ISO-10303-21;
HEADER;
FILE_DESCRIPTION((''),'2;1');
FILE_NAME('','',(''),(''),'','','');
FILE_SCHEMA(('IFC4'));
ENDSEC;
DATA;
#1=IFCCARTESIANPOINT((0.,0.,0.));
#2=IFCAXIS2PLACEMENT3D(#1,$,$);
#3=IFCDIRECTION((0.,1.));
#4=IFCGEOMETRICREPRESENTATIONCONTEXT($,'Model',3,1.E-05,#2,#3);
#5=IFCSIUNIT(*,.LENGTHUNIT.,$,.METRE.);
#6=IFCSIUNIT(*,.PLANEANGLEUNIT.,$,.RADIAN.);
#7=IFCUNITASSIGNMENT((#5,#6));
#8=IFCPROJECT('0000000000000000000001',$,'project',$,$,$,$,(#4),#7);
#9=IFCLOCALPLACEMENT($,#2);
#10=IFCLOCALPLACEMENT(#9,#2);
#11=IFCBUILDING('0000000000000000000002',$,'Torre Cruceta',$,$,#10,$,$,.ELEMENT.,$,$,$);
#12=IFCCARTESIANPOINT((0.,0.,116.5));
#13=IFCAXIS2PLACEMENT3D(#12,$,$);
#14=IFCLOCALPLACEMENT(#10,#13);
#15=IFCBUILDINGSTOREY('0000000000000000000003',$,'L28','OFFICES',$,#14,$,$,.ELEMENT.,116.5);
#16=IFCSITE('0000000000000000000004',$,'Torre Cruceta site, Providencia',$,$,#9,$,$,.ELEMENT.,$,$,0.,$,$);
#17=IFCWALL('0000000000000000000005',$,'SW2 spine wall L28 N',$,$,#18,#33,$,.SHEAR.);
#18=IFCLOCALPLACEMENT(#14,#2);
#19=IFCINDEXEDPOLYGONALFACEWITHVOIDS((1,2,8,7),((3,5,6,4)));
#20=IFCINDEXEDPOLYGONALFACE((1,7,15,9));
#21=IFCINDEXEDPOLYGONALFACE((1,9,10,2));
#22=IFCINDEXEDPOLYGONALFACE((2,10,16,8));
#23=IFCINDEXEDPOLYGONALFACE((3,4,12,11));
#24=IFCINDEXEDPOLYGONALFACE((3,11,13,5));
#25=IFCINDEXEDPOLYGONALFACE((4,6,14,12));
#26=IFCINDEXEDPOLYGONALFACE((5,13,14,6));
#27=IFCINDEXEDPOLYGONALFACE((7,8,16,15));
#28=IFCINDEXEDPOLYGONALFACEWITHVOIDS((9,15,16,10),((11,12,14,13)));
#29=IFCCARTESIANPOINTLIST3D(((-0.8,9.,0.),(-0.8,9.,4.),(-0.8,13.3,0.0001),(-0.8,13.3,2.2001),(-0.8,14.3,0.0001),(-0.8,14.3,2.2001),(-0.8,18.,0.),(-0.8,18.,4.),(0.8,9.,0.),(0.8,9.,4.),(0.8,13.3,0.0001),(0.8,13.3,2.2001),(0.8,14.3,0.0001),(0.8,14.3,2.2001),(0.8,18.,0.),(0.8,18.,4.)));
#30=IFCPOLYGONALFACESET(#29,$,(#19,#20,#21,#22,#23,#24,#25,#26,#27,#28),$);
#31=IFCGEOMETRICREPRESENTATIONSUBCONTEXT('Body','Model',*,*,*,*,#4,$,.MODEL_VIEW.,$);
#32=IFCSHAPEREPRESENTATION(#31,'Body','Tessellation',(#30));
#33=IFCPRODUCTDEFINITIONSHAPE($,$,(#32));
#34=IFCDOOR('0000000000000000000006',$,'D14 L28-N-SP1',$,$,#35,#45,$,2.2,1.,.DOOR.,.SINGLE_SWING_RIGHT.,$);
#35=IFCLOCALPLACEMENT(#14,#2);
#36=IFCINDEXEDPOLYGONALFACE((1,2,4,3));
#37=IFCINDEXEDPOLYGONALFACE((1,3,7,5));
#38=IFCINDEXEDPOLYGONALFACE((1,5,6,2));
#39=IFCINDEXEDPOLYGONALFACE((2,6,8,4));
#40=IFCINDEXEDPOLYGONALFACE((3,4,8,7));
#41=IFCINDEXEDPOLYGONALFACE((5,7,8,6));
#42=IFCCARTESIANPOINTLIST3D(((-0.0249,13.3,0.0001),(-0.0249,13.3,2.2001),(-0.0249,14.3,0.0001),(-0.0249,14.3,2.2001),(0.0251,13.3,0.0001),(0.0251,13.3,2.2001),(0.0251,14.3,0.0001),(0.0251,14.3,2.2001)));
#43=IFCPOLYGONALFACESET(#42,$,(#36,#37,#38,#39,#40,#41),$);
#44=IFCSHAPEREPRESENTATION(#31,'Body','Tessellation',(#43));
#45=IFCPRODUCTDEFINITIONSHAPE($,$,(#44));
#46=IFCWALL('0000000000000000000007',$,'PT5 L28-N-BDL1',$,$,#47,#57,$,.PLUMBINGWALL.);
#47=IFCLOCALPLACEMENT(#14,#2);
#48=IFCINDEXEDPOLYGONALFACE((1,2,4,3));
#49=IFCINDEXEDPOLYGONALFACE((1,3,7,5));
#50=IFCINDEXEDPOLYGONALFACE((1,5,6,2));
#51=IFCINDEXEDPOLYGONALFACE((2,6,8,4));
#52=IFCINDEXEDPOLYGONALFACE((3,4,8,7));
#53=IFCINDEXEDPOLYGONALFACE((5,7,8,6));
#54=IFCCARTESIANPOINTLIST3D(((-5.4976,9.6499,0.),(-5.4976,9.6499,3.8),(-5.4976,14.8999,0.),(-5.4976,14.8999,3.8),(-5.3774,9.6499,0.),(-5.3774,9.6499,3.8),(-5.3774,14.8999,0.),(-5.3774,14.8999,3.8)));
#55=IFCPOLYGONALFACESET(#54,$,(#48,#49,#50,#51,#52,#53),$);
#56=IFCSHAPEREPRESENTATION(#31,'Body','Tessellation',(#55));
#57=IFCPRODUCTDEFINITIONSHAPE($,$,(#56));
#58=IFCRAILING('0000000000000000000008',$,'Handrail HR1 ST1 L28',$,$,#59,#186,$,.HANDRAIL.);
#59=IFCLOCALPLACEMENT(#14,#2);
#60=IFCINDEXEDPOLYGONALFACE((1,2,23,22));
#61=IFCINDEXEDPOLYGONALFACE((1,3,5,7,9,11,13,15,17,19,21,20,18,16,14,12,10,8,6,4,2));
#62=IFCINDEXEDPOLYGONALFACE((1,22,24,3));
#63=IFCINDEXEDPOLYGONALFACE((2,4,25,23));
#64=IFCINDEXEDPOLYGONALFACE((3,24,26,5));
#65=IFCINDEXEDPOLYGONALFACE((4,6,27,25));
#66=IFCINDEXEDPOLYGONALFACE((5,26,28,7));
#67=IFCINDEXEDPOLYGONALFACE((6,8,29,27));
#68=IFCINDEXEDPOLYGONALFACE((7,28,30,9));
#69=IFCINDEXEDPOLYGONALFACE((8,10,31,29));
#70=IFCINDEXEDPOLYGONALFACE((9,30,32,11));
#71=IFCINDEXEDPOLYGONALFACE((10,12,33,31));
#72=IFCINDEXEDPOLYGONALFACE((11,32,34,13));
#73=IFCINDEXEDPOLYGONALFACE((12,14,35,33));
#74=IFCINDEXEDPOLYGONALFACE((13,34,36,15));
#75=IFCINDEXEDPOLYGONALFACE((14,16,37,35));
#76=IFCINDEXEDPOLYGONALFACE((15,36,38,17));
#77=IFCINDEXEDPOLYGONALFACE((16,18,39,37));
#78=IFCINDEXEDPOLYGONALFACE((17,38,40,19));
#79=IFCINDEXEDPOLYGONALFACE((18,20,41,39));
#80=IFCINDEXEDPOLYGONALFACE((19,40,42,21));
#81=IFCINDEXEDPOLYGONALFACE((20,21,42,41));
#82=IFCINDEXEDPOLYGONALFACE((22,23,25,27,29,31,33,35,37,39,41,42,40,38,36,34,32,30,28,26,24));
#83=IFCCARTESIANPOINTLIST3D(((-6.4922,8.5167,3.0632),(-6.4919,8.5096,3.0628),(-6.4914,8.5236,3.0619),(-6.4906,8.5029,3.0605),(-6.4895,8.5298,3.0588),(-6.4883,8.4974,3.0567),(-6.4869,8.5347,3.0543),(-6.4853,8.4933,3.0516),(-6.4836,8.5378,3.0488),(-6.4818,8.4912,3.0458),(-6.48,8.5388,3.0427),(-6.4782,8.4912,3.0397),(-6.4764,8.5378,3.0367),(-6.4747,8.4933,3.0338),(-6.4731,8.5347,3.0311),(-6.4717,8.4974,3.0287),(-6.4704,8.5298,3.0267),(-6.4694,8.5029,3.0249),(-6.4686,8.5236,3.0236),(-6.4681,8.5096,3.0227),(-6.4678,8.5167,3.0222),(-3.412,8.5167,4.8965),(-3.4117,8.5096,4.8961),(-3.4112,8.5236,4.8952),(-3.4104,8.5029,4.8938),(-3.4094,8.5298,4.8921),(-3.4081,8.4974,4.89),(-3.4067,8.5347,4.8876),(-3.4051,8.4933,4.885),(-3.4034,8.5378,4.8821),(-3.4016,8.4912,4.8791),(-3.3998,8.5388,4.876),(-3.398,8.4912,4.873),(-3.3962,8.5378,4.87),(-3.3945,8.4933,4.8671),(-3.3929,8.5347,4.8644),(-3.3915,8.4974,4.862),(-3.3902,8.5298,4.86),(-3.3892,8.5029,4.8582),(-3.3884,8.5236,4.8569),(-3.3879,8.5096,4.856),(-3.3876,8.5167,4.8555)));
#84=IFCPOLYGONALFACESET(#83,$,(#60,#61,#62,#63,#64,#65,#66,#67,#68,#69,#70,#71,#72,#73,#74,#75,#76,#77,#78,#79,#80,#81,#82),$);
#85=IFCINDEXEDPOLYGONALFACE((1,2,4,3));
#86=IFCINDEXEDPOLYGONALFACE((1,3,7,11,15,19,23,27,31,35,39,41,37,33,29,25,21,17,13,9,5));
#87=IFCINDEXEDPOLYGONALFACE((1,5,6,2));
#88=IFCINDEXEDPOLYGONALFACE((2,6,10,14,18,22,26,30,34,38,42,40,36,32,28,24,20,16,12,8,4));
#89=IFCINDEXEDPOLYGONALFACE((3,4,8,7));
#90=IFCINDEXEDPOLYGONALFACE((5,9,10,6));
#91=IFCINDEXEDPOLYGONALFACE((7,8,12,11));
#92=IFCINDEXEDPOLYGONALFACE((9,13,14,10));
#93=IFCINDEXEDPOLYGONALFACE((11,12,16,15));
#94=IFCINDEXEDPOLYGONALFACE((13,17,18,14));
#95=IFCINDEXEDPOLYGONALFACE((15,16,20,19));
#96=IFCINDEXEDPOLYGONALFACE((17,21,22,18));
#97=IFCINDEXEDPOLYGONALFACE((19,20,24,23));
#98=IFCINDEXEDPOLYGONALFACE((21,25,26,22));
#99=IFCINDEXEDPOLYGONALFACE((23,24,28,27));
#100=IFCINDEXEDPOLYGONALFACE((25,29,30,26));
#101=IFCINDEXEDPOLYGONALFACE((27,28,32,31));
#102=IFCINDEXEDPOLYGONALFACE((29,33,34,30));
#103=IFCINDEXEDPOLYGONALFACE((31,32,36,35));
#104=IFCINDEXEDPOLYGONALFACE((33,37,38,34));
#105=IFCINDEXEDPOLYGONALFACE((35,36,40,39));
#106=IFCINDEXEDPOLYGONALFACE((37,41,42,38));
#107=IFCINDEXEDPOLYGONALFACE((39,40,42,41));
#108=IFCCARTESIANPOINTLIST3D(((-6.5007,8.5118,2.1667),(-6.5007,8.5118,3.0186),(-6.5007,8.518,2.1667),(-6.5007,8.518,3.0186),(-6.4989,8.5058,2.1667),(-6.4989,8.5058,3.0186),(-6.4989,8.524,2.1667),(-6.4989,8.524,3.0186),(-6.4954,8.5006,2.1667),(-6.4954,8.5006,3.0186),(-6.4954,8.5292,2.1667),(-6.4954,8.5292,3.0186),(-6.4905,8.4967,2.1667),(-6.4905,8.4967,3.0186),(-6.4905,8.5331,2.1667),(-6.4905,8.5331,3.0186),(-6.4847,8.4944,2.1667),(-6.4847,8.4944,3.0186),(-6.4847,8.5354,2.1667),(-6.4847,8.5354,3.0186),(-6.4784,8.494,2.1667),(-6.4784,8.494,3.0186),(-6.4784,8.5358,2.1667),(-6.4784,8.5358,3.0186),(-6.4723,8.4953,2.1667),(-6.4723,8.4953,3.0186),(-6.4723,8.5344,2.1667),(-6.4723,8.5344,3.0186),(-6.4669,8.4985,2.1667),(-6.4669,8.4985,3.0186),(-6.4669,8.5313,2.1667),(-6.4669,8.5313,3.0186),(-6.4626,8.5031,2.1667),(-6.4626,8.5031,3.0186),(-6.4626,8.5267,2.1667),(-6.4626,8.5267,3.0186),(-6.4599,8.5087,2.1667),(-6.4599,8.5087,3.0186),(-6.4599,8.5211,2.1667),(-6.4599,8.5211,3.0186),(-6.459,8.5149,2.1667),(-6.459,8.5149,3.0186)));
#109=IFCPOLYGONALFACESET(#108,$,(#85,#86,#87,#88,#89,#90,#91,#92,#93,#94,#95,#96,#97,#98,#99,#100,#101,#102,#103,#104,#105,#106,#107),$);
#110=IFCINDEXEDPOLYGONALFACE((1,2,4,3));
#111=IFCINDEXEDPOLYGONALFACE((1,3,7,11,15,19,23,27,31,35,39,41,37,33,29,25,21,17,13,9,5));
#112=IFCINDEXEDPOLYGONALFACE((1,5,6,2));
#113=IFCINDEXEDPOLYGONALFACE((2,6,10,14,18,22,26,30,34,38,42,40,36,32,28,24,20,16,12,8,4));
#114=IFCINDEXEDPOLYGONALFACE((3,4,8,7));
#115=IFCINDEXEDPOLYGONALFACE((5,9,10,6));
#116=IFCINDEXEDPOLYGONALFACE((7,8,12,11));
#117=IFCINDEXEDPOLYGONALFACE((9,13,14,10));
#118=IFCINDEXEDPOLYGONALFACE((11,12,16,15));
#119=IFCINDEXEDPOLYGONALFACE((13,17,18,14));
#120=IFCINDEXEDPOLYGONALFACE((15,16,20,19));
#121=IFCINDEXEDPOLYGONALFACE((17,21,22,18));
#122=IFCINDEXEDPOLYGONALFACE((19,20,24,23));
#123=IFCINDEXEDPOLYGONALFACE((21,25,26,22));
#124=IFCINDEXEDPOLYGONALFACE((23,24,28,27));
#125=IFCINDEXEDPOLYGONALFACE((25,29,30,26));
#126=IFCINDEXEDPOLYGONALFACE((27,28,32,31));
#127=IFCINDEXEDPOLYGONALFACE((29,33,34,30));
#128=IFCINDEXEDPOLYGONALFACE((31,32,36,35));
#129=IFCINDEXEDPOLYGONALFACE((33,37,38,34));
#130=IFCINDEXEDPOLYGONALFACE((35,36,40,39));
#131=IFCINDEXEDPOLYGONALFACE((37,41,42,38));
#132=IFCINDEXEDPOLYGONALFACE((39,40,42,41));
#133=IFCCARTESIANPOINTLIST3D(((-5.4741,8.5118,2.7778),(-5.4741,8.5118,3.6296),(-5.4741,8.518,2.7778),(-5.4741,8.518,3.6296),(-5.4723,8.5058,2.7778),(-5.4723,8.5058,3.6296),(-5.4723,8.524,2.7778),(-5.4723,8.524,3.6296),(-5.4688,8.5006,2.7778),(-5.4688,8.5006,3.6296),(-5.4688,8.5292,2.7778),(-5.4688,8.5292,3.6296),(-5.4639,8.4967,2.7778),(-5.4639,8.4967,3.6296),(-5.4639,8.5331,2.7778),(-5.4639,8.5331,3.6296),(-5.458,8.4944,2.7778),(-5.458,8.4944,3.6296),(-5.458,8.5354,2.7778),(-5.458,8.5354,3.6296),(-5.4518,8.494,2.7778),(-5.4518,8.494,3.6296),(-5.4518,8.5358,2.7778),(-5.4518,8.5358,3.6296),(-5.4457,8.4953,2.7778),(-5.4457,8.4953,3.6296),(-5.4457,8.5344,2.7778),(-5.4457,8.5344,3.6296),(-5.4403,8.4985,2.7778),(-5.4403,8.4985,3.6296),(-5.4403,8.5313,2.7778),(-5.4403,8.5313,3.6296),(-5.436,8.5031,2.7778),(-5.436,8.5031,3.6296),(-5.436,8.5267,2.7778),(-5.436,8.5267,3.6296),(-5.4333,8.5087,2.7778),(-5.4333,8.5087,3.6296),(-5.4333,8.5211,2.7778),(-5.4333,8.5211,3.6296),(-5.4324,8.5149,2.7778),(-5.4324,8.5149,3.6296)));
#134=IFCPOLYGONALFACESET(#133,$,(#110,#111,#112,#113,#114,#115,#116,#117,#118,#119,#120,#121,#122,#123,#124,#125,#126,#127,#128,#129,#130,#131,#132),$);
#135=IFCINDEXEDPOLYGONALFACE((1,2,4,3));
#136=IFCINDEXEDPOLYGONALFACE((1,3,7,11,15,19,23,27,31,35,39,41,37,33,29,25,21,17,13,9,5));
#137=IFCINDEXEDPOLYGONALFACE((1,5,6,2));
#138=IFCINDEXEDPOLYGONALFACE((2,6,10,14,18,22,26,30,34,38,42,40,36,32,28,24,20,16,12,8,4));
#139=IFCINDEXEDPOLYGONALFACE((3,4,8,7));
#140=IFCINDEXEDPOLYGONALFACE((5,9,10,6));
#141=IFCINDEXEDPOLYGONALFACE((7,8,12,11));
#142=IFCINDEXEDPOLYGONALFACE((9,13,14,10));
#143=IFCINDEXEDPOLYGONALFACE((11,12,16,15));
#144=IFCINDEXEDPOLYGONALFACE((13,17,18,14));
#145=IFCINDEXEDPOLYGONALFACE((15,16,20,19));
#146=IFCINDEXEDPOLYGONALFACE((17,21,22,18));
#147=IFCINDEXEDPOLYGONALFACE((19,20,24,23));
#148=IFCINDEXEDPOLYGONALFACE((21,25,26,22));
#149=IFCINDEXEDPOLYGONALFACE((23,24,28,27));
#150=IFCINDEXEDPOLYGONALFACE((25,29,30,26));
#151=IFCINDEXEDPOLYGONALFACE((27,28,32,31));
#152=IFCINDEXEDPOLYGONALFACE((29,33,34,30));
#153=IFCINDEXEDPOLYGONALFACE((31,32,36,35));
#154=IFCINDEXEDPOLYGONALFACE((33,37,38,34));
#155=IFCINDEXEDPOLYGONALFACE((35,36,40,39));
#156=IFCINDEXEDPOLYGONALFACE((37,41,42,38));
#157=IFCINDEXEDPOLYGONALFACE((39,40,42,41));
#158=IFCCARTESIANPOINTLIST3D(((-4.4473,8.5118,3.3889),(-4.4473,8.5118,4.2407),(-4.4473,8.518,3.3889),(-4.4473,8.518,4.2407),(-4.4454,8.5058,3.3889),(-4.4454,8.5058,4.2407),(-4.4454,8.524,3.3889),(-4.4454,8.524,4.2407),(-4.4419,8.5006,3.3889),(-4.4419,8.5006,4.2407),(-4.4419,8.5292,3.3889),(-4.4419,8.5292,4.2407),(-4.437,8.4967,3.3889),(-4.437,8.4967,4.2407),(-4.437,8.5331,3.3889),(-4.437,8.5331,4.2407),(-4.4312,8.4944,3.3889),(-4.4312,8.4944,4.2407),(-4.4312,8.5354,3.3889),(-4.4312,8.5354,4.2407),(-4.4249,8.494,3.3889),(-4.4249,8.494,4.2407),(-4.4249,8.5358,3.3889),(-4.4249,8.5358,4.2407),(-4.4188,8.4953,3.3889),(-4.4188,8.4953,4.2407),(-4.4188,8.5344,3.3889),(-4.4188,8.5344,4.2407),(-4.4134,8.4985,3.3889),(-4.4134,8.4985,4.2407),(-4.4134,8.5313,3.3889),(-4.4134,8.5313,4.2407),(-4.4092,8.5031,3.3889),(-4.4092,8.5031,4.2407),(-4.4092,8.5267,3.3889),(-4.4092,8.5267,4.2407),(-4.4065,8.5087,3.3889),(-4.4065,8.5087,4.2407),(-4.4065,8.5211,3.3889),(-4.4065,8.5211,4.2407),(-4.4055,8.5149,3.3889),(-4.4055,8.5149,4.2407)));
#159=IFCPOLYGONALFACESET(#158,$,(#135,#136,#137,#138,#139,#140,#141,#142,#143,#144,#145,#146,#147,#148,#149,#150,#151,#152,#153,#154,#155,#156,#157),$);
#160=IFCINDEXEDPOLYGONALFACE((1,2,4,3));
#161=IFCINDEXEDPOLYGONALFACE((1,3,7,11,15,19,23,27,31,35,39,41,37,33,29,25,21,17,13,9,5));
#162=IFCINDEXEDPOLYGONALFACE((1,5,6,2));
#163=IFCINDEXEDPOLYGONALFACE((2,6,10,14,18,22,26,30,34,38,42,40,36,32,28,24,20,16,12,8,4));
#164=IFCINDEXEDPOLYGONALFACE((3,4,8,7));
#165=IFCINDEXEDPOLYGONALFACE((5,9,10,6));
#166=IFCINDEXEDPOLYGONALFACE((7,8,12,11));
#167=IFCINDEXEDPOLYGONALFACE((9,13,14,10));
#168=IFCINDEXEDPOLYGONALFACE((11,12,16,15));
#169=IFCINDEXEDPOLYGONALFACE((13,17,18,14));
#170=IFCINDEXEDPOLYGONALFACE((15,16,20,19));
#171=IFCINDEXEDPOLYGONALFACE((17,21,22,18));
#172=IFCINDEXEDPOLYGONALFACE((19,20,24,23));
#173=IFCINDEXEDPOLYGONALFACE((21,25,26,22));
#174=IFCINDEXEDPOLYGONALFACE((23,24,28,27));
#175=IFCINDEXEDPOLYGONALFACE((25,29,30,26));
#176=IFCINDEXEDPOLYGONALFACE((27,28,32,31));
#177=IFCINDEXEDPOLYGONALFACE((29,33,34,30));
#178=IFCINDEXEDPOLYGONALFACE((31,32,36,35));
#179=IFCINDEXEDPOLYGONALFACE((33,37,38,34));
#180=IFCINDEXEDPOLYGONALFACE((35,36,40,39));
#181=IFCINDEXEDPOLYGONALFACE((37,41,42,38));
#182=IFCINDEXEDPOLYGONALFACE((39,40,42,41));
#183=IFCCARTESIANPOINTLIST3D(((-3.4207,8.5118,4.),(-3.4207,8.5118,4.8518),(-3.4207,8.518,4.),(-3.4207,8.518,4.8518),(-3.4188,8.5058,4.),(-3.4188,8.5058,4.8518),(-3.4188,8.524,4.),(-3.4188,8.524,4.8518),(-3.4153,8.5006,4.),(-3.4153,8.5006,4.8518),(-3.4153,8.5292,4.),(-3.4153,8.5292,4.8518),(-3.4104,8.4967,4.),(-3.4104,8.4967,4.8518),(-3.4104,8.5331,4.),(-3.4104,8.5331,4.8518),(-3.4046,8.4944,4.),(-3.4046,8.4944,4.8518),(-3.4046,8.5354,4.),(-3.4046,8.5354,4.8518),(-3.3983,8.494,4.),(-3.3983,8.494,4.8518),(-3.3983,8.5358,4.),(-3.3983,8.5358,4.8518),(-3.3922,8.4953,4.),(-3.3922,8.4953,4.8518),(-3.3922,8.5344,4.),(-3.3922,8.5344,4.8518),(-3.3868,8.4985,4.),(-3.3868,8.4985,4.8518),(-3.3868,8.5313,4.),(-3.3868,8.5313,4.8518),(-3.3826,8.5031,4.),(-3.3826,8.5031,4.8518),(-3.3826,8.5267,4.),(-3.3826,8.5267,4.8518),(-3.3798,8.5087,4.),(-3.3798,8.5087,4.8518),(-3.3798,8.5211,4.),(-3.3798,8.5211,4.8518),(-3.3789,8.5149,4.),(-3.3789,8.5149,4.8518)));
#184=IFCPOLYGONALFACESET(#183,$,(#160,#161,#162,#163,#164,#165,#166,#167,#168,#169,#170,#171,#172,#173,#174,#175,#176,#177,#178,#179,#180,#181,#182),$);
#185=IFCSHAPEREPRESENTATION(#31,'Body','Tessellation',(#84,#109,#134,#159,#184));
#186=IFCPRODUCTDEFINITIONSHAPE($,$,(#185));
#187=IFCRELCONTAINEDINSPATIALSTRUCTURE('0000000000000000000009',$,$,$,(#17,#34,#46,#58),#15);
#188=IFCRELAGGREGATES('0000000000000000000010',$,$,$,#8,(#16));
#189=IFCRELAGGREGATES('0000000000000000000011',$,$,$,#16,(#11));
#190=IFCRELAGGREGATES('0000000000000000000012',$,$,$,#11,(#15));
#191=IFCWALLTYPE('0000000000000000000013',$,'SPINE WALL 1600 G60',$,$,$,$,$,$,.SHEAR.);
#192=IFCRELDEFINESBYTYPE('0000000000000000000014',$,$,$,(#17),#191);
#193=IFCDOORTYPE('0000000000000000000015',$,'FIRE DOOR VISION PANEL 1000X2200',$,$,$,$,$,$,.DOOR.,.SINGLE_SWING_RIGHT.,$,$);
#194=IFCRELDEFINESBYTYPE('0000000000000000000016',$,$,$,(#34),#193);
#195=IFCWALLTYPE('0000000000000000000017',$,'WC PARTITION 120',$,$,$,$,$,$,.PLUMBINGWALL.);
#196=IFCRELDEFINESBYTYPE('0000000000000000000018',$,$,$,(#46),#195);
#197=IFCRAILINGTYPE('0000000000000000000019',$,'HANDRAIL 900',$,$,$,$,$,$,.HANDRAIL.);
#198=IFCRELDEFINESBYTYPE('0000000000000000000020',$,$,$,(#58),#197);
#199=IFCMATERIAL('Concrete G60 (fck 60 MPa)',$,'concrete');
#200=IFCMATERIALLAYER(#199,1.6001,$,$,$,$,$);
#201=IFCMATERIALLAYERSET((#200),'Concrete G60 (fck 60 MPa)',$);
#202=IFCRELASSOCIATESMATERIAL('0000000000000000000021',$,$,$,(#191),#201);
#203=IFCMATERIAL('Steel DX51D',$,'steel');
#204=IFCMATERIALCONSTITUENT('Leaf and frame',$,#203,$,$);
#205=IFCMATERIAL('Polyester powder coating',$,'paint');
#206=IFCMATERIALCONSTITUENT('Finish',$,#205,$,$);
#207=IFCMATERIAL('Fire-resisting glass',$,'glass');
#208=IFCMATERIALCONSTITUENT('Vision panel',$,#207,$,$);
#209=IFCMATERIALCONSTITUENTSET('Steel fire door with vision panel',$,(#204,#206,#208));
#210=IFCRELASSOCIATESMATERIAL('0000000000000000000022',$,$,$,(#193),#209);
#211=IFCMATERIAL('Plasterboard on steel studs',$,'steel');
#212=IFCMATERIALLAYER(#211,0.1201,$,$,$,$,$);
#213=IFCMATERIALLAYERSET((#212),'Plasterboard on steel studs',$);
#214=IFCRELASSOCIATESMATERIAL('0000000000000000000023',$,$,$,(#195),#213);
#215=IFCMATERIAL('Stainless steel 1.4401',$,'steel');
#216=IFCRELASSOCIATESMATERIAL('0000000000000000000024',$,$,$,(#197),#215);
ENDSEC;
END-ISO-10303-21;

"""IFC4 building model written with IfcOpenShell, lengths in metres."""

from ifc_helpers import new_model, si_unit, direction, frame, frame_2d, origin, origin_2d, place, context, subcontext, project, spatial, rectangle, circle, extrude, material, layer, layer_set, constituent, constituent_set, type_object, element, fill, save


model = new_model("IFC4")

# Units and contexts
model_context = context("Model", 3, precision=1e-05, world=origin(), true_north=direction((0.0, 1.0)))
body_context = subcontext(model_context, "Body", "Model", "MODEL_VIEW")
ifc_project = project(units=[si_unit("LENGTHUNIT", "METRE"), si_unit("PLANEANGLEUNIT", "RADIAN")], contexts=[model_context])

# Site, building, storey
site_placement = place(None, origin())
site = spatial("IfcSite", under=ifc_project, at=site_placement, Name="Torre Cruceta site, Providencia", CompositionType="ELEMENT", RefElevation=0.0)
building_placement = place(site_placement, origin())
building = spatial("IfcBuilding", under=site, at=building_placement, Name="Torre Cruceta", CompositionType="ELEMENT")
storey_placement = place(building_placement, frame((0.0, 0.0, 116.5)))
storey = spatial("IfcBuildingStorey", under=building, at=storey_placement, Name="L28", Description="OFFICES", CompositionType="ELEMENT", Elevation=116.5)

# Wall, opening, door
ifc_material_1 = material(Name="Concrete G60 (fck 60 MPa)", Category="concrete")
ifc_layer_1 = layer(ifc_material_1, 1.6001)
ifc_layer_set_1 = layer_set([ifc_layer_1], Name="Concrete G60 (fck 60 MPa)")
wall_type_1 = type_object("IfcWallType", Name="SPINE WALL 1600 G60", PredefinedType="SHEAR", material=ifc_layer_set_1)
wall_1_placement = place(storey_placement, frame((0.0, 9.0, 0.0), z_axis=(0.0, 0.0, 1.0), x_axis=(0.0, 1.0, 0.0)))
wall_1 = element("IfcWall", 1, at=wall_1_placement, inside=storey, type_object=wall_type_1, Name="SW2 spine wall L28 N", PredefinedType="SHEAR", context=body_context, shape_type="SweptSolid", body=[
    extrude(rectangle(XDim=9.0, YDim=1.6001, at=frame_2d((4.5, 0.0))), origin(), (0.0, 0.0, 1.0), 4.0),
])
opening_1_placement = place(wall_1_placement, frame((4.3, 0.0, 0.0)))
opening_1 = element("IfcOpeningElement", 2, at=opening_1_placement, cuts=wall_1, PredefinedType="OPENING", context=body_context, shape_type="SweptSolid", body=[
    extrude(rectangle(XDim=1.0, YDim=2.2, at=frame_2d((0.5, 1.1001))), frame((0.0, 0.8101, 0.0), z_axis=(0.0, -1.0, 0.0), x_axis=(1.0, 0.0, 0.0)), (0.0, 0.0, 1.0), 1.6201),
])
ifc_material_2 = material(Name="Steel DX51D", Category="steel")
ifc_constituent_1 = constituent(ifc_material_2, Name="Leaf and frame")
ifc_material_3 = material(Name="Polyester powder coating", Category="paint")
ifc_constituent_2 = constituent(ifc_material_3, Name="Finish")
ifc_material_4 = material(Name="Fire-resisting glass", Category="glass")
ifc_constituent_3 = constituent(ifc_material_4, Name="Vision panel")
ifc_constituent_set_1 = constituent_set(constituents=[ifc_constituent_1, ifc_constituent_2, ifc_constituent_3], Name="Steel fire door with vision panel")
door_type_1 = type_object("IfcDoorType", Name="FIRE DOOR VISION PANEL 1000X2200", OperationType="SINGLE_SWING_RIGHT", PredefinedType="DOOR", material=ifc_constituent_set_1)
door_1_placement = place(opening_1_placement, origin())
door_1 = element("IfcDoor", 3, at=door_1_placement, inside=storey, type_object=door_type_1, Name="D14 L28-N-SP1", OperationType="SINGLE_SWING_RIGHT", OverallHeight=2.2, OverallWidth=1.0, PredefinedType="DOOR", context=body_context, shape_type="SweptSolid", body=[
    extrude(rectangle(XDim=1.0, YDim=2.2, at=frame_2d((0.5, 1.1001))), frame((0.0, 0.0249, 0.0), z_axis=(0.0, -1.0, 0.0), x_axis=(1.0, 0.0, 0.0)), (0.0, 0.0, 1.0), 0.05),
])
fill(opening_1, door_1)

# Wall
ifc_material_5 = material(Name="Plasterboard on steel studs", Category="steel")
ifc_layer_2 = layer(ifc_material_5, 0.1201)
ifc_layer_set_2 = layer_set([ifc_layer_2], Name="Plasterboard on steel studs")
wall_type_2 = type_object("IfcWallType", Name="WC PARTITION 120", PredefinedType="PLUMBINGWALL", material=ifc_layer_set_2)
wall_2_placement = place(storey_placement, frame((-5.4375, 9.6499, 0.0), z_axis=(0.0, 0.0, 1.0), x_axis=(0.0, 1.0, 0.0)))
element("IfcWall", 4, at=wall_2_placement, inside=storey, type_object=wall_type_2, Name="PT5 L28-N-BDL1", PredefinedType="PLUMBINGWALL", context=body_context, shape_type="SweptSolid", body=[
    extrude(rectangle(XDim=5.25, YDim=0.1201, at=frame_2d((2.625, 0.0))), origin(), (0.0, 0.0, 1.0), 3.8),
])

# Railing
ifc_material_6 = material(Name="Stainless steel 1.4401", Category="steel")
railing_type = type_object("IfcRailingType", Name="HANDRAIL 900", PredefinedType="HANDRAIL", material=ifc_material_6)
railing_placement = place(storey_placement, frame((-6.48, 8.5149, 2.1667)))
element("IfcRailing", 5, at=railing_placement, inside=storey, type_object=railing_type, Name="Handrail HR1 ST1 L28", PredefinedType="HANDRAIL", context=body_context, shape_type="SweptSolid", body=[
    extrude(circle(Radius=0.0239, at=origin_2d()), frame((0.0, 0.0, 0.876), z_axis=(0.859309, 0.0, 0.511458), x_axis=(0.0, 1.0, 0.0)), (0.0, 0.0, 1.0), 3.5845),
    extrude(circle(Radius=0.021, at=origin_2d()), origin(), (0.0, 0.0, 1.0), 0.8518),
    extrude(circle(Radius=0.021, at=origin_2d()), frame((1.0266, 0.0, 0.6111)), (0.0, 0.0, 1.0), 0.8518),
    extrude(circle(Radius=0.021, at=origin_2d()), frame((2.0535, 0.0, 1.2222)), (0.0, 0.0, 1.0), 0.8518),
    extrude(circle(Radius=0.021, at=origin_2d()), frame((3.0801, 0.0, 1.8333)), (0.0, 0.0, 1.0), 0.8518),
])

save(model, "model.ifc")
